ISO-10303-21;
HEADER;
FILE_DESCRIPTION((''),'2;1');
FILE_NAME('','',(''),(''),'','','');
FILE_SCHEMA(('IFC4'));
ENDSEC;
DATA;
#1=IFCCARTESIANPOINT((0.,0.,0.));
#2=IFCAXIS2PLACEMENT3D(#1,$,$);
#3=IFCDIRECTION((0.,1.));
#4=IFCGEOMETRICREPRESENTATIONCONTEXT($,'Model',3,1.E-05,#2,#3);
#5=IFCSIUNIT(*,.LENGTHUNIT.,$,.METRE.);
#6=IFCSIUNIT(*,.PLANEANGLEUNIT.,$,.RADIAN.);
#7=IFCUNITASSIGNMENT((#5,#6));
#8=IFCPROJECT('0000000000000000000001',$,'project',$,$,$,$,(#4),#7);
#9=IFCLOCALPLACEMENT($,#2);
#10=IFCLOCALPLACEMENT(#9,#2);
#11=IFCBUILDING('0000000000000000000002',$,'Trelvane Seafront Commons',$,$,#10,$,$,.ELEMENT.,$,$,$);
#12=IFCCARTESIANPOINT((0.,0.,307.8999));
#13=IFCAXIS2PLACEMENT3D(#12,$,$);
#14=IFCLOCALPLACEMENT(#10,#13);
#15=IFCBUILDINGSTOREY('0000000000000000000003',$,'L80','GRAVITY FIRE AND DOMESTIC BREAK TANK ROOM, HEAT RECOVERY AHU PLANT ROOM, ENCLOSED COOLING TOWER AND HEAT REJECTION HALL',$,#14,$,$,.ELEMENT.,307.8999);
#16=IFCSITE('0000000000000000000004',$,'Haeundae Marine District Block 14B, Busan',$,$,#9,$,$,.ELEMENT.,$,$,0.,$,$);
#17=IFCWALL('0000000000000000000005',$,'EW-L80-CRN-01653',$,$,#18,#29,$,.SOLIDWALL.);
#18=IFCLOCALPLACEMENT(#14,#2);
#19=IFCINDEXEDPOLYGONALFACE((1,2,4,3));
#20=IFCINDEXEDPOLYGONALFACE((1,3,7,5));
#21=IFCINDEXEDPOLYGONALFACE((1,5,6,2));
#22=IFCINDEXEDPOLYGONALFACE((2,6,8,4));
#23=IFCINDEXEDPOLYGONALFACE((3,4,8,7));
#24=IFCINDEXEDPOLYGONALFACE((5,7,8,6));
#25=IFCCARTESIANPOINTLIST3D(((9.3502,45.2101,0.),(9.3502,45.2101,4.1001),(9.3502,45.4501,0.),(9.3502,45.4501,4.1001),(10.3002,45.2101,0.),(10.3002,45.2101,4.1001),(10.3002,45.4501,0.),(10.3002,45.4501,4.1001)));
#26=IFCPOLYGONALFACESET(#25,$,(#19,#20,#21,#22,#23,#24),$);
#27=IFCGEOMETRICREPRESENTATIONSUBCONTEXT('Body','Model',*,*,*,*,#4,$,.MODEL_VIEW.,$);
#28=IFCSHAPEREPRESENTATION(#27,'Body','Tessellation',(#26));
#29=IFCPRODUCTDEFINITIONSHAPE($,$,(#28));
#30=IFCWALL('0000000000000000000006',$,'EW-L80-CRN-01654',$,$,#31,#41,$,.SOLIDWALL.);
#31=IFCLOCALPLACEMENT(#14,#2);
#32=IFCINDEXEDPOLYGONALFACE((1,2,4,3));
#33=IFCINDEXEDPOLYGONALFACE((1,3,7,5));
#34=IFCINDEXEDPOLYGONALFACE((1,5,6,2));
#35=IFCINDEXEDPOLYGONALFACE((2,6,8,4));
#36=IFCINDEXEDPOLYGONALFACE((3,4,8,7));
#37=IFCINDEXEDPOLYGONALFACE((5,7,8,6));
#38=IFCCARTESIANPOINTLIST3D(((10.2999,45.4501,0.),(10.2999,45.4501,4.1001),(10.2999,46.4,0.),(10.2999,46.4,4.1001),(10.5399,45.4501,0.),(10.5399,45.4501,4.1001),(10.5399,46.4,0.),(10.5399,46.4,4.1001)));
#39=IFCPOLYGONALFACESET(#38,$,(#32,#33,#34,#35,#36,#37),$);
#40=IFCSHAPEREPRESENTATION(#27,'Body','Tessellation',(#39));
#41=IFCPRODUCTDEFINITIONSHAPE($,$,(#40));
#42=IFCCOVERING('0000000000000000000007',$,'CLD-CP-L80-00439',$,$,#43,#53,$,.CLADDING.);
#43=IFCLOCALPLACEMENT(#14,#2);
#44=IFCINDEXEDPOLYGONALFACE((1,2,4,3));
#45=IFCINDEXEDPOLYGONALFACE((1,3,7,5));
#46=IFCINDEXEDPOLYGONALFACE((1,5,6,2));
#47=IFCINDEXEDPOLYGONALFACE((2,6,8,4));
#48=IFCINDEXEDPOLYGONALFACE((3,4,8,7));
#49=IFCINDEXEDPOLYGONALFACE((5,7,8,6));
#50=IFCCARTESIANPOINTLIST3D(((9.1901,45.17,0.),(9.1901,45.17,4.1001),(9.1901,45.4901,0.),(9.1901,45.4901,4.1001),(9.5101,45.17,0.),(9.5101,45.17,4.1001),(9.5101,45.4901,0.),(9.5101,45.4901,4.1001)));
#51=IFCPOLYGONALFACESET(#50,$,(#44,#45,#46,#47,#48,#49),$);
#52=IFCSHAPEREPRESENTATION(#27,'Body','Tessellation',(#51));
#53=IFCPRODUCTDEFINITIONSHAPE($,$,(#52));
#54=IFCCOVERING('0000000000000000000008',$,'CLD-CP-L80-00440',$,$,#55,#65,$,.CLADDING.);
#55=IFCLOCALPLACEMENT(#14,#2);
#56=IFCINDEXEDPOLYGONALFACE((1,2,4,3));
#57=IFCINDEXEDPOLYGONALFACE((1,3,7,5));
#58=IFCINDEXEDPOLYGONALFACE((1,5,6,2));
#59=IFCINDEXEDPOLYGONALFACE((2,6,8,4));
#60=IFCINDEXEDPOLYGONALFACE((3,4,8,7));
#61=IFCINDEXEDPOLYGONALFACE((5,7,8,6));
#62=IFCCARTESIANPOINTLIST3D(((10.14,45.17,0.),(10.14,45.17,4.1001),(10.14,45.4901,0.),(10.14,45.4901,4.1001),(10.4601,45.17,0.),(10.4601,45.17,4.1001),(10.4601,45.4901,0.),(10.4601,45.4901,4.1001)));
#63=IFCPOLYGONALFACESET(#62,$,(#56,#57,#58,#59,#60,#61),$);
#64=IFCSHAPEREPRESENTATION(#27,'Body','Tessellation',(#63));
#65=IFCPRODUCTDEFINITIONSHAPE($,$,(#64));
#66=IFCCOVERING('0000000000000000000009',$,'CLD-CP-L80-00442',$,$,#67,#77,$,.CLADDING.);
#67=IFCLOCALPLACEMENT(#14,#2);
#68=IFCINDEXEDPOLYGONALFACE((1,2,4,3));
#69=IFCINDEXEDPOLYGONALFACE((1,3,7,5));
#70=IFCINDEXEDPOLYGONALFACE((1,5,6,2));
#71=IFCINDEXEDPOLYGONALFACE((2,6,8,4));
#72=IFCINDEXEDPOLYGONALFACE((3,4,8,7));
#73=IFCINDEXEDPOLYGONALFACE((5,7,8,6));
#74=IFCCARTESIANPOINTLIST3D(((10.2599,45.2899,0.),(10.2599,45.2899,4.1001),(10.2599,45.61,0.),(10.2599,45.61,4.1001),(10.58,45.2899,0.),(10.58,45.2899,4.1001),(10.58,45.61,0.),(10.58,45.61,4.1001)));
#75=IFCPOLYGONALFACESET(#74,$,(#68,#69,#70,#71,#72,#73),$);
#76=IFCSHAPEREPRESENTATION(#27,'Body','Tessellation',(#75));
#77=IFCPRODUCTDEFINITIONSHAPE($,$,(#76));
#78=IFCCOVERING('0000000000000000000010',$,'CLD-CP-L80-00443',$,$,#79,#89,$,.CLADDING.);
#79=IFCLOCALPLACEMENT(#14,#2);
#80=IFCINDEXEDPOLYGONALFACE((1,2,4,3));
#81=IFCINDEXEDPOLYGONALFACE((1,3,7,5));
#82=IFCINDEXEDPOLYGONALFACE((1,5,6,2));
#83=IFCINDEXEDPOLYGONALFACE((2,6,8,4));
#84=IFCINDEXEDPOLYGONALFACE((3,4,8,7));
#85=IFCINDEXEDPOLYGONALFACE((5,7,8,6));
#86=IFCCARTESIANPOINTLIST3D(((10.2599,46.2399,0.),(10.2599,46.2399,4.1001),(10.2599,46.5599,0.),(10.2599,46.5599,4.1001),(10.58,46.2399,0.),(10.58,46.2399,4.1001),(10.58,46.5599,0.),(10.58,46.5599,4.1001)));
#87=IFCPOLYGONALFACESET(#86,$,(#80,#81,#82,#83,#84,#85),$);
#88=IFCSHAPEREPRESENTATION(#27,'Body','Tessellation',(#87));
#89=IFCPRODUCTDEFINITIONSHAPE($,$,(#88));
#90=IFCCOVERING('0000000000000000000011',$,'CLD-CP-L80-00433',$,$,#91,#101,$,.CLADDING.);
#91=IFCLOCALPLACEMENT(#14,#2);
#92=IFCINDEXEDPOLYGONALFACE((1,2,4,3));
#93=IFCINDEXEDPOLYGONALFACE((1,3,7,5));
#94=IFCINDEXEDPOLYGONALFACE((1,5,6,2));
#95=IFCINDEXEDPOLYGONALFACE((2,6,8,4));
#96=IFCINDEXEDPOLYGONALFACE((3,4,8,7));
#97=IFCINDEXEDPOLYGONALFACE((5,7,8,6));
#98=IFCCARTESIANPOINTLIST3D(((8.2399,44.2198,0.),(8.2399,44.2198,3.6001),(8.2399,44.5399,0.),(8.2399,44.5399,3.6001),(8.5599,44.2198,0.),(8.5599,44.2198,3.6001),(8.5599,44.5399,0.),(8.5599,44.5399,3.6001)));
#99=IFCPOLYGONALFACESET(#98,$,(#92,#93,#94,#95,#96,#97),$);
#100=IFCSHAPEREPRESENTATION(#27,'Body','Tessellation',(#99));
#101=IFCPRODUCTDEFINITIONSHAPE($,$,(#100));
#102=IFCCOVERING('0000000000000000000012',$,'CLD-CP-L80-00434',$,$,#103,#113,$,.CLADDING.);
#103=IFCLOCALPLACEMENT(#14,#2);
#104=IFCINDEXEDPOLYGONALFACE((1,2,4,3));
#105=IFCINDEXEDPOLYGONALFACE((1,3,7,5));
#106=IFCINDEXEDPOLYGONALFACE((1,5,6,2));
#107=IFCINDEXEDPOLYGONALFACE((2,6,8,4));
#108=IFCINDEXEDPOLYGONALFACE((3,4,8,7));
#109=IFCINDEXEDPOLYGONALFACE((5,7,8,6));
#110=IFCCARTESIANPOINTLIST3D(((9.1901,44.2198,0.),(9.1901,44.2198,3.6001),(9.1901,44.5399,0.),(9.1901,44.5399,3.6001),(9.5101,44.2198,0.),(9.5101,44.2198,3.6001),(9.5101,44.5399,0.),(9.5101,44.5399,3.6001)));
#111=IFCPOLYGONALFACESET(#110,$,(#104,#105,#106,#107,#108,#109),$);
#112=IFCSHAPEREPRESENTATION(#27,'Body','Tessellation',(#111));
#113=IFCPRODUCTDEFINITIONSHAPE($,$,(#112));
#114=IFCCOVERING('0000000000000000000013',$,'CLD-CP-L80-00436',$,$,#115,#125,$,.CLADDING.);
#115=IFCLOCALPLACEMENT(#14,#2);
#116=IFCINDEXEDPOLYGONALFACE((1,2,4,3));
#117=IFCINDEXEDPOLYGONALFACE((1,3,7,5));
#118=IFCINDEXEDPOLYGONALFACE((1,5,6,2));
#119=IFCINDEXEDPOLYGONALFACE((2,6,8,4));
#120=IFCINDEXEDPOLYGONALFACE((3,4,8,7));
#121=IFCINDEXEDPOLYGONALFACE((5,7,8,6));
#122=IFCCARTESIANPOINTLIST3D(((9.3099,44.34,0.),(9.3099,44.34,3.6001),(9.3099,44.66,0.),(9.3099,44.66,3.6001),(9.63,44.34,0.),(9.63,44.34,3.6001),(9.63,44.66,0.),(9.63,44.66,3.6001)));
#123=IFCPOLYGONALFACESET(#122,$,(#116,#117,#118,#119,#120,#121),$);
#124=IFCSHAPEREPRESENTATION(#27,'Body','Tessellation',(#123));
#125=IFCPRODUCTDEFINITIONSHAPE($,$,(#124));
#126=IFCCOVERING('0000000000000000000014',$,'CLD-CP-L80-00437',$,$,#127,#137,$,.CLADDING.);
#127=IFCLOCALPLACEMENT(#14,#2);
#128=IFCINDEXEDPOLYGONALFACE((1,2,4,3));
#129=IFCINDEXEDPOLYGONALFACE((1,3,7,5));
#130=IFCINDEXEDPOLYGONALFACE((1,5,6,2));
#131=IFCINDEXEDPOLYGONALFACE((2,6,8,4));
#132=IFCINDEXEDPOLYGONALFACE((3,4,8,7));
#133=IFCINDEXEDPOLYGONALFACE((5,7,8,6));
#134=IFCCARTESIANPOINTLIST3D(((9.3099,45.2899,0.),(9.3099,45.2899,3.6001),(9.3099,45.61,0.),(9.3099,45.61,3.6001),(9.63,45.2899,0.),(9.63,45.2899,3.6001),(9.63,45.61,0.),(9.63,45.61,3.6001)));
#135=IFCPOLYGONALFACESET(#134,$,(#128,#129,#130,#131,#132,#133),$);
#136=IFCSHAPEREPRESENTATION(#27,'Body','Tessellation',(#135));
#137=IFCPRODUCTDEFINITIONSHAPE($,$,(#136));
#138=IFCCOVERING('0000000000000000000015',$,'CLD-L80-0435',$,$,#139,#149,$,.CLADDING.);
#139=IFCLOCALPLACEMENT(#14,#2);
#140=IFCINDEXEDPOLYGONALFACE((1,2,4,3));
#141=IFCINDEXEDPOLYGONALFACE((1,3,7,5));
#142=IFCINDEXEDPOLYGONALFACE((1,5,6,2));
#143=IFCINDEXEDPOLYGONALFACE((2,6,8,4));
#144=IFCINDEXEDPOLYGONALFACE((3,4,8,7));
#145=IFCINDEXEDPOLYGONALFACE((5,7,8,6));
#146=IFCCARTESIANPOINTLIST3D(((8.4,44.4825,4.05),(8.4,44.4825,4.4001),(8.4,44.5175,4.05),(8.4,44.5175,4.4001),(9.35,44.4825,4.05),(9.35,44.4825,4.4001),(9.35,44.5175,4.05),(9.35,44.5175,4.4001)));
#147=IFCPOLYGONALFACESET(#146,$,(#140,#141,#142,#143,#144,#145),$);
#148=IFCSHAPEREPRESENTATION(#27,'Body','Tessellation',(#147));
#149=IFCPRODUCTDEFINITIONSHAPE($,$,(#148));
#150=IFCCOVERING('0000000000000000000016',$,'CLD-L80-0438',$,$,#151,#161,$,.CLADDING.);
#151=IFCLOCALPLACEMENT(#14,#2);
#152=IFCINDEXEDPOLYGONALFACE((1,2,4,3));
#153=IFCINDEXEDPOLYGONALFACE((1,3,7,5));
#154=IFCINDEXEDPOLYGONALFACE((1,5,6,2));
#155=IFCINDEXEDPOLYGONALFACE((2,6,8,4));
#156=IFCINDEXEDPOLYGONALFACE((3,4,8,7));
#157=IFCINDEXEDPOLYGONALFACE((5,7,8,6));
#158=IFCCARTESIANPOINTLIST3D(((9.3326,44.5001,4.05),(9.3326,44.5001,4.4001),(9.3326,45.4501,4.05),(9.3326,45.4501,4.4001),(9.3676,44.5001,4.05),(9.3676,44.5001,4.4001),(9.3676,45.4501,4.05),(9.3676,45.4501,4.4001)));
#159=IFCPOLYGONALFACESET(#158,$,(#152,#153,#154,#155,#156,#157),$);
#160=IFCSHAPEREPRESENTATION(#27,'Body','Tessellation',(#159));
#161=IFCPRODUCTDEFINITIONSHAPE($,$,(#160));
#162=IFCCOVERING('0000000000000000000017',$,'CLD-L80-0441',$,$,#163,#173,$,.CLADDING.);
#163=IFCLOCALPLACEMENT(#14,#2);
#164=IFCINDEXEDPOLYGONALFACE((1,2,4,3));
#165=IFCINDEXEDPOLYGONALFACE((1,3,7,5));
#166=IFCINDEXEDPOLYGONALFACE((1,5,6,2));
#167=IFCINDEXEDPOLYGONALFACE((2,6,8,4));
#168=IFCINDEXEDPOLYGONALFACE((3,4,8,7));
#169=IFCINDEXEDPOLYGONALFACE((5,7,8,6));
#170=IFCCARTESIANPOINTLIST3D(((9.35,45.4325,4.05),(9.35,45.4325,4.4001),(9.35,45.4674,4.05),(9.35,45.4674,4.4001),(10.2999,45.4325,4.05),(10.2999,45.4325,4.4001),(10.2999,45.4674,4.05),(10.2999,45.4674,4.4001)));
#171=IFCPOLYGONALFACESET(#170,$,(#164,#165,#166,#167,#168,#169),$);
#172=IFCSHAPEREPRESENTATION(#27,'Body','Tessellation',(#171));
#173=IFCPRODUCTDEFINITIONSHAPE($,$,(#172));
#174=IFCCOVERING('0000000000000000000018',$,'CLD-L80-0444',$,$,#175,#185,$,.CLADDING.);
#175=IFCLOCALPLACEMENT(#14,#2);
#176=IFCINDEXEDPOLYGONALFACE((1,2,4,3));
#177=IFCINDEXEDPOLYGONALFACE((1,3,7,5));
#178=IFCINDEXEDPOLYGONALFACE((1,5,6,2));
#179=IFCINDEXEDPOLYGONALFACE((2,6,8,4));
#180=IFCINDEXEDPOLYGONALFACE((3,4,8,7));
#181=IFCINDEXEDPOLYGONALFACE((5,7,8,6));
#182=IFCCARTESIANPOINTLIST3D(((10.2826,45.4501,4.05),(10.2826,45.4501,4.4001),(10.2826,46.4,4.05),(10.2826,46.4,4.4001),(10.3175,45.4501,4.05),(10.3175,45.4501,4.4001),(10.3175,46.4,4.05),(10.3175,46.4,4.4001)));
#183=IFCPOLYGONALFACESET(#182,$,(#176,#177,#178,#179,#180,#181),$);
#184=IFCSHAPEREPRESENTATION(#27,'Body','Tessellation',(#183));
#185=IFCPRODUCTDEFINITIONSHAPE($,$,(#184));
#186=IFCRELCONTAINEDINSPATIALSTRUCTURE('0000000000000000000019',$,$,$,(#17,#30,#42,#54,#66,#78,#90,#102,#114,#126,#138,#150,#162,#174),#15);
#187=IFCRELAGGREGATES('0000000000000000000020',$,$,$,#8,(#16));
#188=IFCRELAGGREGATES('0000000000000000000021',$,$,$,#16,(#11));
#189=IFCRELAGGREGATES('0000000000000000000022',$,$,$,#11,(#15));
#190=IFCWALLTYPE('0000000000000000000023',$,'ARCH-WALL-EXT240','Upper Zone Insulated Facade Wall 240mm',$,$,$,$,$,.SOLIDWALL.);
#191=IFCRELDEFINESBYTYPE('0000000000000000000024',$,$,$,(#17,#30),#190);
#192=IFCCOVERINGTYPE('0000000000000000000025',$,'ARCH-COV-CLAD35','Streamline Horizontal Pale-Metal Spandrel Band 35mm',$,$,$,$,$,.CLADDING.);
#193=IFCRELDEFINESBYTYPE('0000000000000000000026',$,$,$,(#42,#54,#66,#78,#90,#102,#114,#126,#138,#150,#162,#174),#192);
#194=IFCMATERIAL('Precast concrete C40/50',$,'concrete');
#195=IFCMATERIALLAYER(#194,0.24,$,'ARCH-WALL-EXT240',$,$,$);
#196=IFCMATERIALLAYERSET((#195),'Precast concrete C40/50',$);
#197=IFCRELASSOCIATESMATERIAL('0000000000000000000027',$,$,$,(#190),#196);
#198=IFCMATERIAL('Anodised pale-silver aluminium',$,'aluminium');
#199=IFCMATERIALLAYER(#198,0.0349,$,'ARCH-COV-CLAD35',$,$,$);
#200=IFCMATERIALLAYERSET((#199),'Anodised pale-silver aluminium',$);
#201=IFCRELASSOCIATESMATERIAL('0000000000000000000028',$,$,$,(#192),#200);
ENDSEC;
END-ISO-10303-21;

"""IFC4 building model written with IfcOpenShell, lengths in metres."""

from ifc_helpers import new_model, si_unit, direction, frame, frame_2d, origin, origin_2d, place, context, subcontext, project, spatial, rectangle, extrude, source, transform, mapped, material, layer, layer_set, type_object, element, save


model = new_model("IFC4")

# Units and contexts
model_context = context("Model", 3, precision=1e-05, world=origin(), true_north=direction((0.0, 1.0)))
body_context = subcontext(model_context, "Body", "Model", "MODEL_VIEW")
ifc_project = project(units=[si_unit("LENGTHUNIT", "METRE"), si_unit("PLANEANGLEUNIT", "RADIAN")], contexts=[model_context])

# Site, building, storey
site_placement = place(None, origin())
site = spatial("IfcSite", under=ifc_project, at=site_placement, Name="Haeundae Marine District Block 14B, Busan", CompositionType="ELEMENT", RefElevation=0.0)
building_placement = place(site_placement, origin())
building = spatial("IfcBuilding", under=site, at=building_placement, Name="Trelvane Seafront Commons", CompositionType="ELEMENT")
storey_placement = place(building_placement, frame((0.0, 0.0, 307.8999)))
storey = spatial("IfcBuildingStorey", under=building, at=storey_placement, Name="L80", Description="GRAVITY FIRE AND DOMESTIC BREAK TANK ROOM, HEAT RECOVERY AHU PLANT ROOM, ENCLOSED COOLING TOWER AND HEAT REJECTION HALL", CompositionType="ELEMENT", Elevation=307.8999)

# Shared definitions
ifc_material_1 = material(Name="Anodised pale-silver aluminium", Category="aluminium")

# Walls
ifc_material_2 = material(Name="Precast concrete C40/50", Category="concrete")
ifc_layer_1 = layer(ifc_material_2, 0.24, Name="ARCH-WALL-EXT240")
ifc_layer_set_1 = layer_set([ifc_layer_1], Name="Precast concrete C40/50")
wall_type = type_object("IfcWallType", Name="ARCH-WALL-EXT240", Description="Upper Zone Insulated Facade Wall 240mm", PredefinedType="SOLIDWALL", material=ifc_layer_set_1)
for number, where, z_axis, x_axis, name in (
    (1, (9.3501, 45.3301, 0.0), (0.0, 0.0, 1.0), (1.0, 0.0, 0.0), "EW-L80-CRN-01653"),
    (2, (10.4199, 45.45, 0.0), (0.0, 0.0, 1.0), (0.0, 1.0, 0.0), "EW-L80-CRN-01654"),
):
    element("IfcWall", number, at=place(storey_placement, frame(where, z_axis=z_axis, x_axis=x_axis)), inside=storey, type_object=wall_type, Name=name, PredefinedType="SOLIDWALL", context=body_context, shape_type="SweptSolid", body=[
        extrude(rectangle(XDim=0.95, YDim=0.24, at=frame_2d((0.4751, 0.0))), origin(), (0.0, 0.0, 1.0), 4.1001),
    ])

# Coverings
ifc_layer_2 = layer(ifc_material_1, 0.0349, Name="ARCH-COV-CLAD35")
ifc_layer_set_2 = layer_set([ifc_layer_2], Name="Anodised pale-silver aluminium")
covering_type = type_object("IfcCoveringType", Name="ARCH-COV-CLAD35", Description="Streamline Horizontal Pale-Metal Spandrel Band 35mm", PredefinedType="CLADDING", material=ifc_layer_set_2)
shared_shape_1 = source(origin(), body_context, "Body", "SweptSolid", [
    extrude(rectangle(XDim=0.3201, YDim=0.3201, at=origin_2d()), origin(), (0.0, 0.0, 1.0), 4.1001),
])
for number, where, z_axis, x_axis, name in (
    (3, (9.3501, 45.3301, 0.0), (0.0, 0.0, 1.0), (1.0, 0.0, 0.0), "CLD-CP-L80-00439"),
    (4, (10.3, 45.3301, 0.0), (0.0, 0.0, 1.0), (1.0, 0.0, 0.0), "CLD-CP-L80-00440"),
    (5, (10.4199, 45.45, 0.0), (0.0, 0.0, 1.0), (1.0, 0.0, 0.0), "CLD-CP-L80-00442"),
    (6, (10.4199, 46.3999, 0.0), (0.0, 0.0, 1.0), (1.0, 0.0, 0.0), "CLD-CP-L80-00443"),
):
    element("IfcCovering", number, at=place(storey_placement, frame(where, z_axis=z_axis, x_axis=x_axis)), inside=storey, type_object=covering_type, Name=name, PredefinedType="CLADDING", context=body_context, shape_type="MappedRepresentation", body=[
        mapped(shared_shape_1, transform((0.0, 0.0, 0.0), x_axis=(1.0, 0.0, 0.0), y_axis=(0.0, 1.0, 0.0), z_axis=(0.0, 0.0, 1.0), scale=1.0)),
    ])
shared_shape_2 = source(origin(), body_context, "Body", "SweptSolid", [
    extrude(rectangle(XDim=0.3201, YDim=0.3201, at=origin_2d()), origin(), (0.0, 0.0, 1.0), 3.6001),
])
for number, where, z_axis, x_axis, name in (
    (7, (8.3999, 44.3799, 0.0), (0.0, 0.0, 1.0), (1.0, 0.0, 0.0), "CLD-CP-L80-00433"),
    (8, (9.3501, 44.3799, 0.0), (0.0, 0.0, 1.0), (1.0, 0.0, 0.0), "CLD-CP-L80-00434"),
    (9, (9.47, 44.5, 0.0), (0.0, 0.0, 1.0), (1.0, 0.0, 0.0), "CLD-CP-L80-00436"),
    (10, (9.47, 45.45, 0.0), (0.0, 0.0, 1.0), (1.0, 0.0, 0.0), "CLD-CP-L80-00437"),
):
    element("IfcCovering", number, at=place(storey_placement, frame(where, z_axis=z_axis, x_axis=x_axis)), inside=storey, type_object=covering_type, Name=name, PredefinedType="CLADDING", context=body_context, shape_type="MappedRepresentation", body=[
        mapped(shared_shape_2, transform((0.0, 0.0, 0.0), x_axis=(1.0, 0.0, 0.0), y_axis=(0.0, 1.0, 0.0), z_axis=(0.0, 0.0, 1.0), scale=1.0)),
    ])
shared_shape_3 = source(origin(), body_context, "Body", "SweptSolid", [
    extrude(rectangle(XDim=0.95, YDim=0.0349, at=origin_2d()), origin(), (0.0, 0.0, 1.0), 0.3501),
])
for number, where, z_axis, x_axis, name in (
    (11, (8.875, 44.5, 4.05), (0.0, 0.0, 1.0), (1.0, 0.0, 0.0), "CLD-L80-0435"),
    (12, (9.3501, 44.9751, 4.05), (0.0, 0.0, 1.0), (0.0, 1.0, 0.0), "CLD-L80-0438"),
    (13, (9.825, 45.45, 4.05), (0.0, 0.0, 1.0), (1.0, 0.0, 0.0), "CLD-L80-0441"),
    (14, (10.3, 45.925, 4.05), (0.0, 0.0, 1.0), (0.0, 1.0, 0.0), "CLD-L80-0444"),
):
    element("IfcCovering", number, at=place(storey_placement, frame(where, z_axis=z_axis, x_axis=x_axis)), inside=storey, type_object=covering_type, Name=name, PredefinedType="CLADDING", context=body_context, shape_type="MappedRepresentation", body=[
        mapped(shared_shape_3, transform((0.0, 0.0, 0.0), x_axis=(1.0, 0.0, 0.0), y_axis=(0.0, 1.0, 0.0), z_axis=(0.0, 0.0, 1.0), scale=1.0)),
    ])

save(model, "model.ifc")
